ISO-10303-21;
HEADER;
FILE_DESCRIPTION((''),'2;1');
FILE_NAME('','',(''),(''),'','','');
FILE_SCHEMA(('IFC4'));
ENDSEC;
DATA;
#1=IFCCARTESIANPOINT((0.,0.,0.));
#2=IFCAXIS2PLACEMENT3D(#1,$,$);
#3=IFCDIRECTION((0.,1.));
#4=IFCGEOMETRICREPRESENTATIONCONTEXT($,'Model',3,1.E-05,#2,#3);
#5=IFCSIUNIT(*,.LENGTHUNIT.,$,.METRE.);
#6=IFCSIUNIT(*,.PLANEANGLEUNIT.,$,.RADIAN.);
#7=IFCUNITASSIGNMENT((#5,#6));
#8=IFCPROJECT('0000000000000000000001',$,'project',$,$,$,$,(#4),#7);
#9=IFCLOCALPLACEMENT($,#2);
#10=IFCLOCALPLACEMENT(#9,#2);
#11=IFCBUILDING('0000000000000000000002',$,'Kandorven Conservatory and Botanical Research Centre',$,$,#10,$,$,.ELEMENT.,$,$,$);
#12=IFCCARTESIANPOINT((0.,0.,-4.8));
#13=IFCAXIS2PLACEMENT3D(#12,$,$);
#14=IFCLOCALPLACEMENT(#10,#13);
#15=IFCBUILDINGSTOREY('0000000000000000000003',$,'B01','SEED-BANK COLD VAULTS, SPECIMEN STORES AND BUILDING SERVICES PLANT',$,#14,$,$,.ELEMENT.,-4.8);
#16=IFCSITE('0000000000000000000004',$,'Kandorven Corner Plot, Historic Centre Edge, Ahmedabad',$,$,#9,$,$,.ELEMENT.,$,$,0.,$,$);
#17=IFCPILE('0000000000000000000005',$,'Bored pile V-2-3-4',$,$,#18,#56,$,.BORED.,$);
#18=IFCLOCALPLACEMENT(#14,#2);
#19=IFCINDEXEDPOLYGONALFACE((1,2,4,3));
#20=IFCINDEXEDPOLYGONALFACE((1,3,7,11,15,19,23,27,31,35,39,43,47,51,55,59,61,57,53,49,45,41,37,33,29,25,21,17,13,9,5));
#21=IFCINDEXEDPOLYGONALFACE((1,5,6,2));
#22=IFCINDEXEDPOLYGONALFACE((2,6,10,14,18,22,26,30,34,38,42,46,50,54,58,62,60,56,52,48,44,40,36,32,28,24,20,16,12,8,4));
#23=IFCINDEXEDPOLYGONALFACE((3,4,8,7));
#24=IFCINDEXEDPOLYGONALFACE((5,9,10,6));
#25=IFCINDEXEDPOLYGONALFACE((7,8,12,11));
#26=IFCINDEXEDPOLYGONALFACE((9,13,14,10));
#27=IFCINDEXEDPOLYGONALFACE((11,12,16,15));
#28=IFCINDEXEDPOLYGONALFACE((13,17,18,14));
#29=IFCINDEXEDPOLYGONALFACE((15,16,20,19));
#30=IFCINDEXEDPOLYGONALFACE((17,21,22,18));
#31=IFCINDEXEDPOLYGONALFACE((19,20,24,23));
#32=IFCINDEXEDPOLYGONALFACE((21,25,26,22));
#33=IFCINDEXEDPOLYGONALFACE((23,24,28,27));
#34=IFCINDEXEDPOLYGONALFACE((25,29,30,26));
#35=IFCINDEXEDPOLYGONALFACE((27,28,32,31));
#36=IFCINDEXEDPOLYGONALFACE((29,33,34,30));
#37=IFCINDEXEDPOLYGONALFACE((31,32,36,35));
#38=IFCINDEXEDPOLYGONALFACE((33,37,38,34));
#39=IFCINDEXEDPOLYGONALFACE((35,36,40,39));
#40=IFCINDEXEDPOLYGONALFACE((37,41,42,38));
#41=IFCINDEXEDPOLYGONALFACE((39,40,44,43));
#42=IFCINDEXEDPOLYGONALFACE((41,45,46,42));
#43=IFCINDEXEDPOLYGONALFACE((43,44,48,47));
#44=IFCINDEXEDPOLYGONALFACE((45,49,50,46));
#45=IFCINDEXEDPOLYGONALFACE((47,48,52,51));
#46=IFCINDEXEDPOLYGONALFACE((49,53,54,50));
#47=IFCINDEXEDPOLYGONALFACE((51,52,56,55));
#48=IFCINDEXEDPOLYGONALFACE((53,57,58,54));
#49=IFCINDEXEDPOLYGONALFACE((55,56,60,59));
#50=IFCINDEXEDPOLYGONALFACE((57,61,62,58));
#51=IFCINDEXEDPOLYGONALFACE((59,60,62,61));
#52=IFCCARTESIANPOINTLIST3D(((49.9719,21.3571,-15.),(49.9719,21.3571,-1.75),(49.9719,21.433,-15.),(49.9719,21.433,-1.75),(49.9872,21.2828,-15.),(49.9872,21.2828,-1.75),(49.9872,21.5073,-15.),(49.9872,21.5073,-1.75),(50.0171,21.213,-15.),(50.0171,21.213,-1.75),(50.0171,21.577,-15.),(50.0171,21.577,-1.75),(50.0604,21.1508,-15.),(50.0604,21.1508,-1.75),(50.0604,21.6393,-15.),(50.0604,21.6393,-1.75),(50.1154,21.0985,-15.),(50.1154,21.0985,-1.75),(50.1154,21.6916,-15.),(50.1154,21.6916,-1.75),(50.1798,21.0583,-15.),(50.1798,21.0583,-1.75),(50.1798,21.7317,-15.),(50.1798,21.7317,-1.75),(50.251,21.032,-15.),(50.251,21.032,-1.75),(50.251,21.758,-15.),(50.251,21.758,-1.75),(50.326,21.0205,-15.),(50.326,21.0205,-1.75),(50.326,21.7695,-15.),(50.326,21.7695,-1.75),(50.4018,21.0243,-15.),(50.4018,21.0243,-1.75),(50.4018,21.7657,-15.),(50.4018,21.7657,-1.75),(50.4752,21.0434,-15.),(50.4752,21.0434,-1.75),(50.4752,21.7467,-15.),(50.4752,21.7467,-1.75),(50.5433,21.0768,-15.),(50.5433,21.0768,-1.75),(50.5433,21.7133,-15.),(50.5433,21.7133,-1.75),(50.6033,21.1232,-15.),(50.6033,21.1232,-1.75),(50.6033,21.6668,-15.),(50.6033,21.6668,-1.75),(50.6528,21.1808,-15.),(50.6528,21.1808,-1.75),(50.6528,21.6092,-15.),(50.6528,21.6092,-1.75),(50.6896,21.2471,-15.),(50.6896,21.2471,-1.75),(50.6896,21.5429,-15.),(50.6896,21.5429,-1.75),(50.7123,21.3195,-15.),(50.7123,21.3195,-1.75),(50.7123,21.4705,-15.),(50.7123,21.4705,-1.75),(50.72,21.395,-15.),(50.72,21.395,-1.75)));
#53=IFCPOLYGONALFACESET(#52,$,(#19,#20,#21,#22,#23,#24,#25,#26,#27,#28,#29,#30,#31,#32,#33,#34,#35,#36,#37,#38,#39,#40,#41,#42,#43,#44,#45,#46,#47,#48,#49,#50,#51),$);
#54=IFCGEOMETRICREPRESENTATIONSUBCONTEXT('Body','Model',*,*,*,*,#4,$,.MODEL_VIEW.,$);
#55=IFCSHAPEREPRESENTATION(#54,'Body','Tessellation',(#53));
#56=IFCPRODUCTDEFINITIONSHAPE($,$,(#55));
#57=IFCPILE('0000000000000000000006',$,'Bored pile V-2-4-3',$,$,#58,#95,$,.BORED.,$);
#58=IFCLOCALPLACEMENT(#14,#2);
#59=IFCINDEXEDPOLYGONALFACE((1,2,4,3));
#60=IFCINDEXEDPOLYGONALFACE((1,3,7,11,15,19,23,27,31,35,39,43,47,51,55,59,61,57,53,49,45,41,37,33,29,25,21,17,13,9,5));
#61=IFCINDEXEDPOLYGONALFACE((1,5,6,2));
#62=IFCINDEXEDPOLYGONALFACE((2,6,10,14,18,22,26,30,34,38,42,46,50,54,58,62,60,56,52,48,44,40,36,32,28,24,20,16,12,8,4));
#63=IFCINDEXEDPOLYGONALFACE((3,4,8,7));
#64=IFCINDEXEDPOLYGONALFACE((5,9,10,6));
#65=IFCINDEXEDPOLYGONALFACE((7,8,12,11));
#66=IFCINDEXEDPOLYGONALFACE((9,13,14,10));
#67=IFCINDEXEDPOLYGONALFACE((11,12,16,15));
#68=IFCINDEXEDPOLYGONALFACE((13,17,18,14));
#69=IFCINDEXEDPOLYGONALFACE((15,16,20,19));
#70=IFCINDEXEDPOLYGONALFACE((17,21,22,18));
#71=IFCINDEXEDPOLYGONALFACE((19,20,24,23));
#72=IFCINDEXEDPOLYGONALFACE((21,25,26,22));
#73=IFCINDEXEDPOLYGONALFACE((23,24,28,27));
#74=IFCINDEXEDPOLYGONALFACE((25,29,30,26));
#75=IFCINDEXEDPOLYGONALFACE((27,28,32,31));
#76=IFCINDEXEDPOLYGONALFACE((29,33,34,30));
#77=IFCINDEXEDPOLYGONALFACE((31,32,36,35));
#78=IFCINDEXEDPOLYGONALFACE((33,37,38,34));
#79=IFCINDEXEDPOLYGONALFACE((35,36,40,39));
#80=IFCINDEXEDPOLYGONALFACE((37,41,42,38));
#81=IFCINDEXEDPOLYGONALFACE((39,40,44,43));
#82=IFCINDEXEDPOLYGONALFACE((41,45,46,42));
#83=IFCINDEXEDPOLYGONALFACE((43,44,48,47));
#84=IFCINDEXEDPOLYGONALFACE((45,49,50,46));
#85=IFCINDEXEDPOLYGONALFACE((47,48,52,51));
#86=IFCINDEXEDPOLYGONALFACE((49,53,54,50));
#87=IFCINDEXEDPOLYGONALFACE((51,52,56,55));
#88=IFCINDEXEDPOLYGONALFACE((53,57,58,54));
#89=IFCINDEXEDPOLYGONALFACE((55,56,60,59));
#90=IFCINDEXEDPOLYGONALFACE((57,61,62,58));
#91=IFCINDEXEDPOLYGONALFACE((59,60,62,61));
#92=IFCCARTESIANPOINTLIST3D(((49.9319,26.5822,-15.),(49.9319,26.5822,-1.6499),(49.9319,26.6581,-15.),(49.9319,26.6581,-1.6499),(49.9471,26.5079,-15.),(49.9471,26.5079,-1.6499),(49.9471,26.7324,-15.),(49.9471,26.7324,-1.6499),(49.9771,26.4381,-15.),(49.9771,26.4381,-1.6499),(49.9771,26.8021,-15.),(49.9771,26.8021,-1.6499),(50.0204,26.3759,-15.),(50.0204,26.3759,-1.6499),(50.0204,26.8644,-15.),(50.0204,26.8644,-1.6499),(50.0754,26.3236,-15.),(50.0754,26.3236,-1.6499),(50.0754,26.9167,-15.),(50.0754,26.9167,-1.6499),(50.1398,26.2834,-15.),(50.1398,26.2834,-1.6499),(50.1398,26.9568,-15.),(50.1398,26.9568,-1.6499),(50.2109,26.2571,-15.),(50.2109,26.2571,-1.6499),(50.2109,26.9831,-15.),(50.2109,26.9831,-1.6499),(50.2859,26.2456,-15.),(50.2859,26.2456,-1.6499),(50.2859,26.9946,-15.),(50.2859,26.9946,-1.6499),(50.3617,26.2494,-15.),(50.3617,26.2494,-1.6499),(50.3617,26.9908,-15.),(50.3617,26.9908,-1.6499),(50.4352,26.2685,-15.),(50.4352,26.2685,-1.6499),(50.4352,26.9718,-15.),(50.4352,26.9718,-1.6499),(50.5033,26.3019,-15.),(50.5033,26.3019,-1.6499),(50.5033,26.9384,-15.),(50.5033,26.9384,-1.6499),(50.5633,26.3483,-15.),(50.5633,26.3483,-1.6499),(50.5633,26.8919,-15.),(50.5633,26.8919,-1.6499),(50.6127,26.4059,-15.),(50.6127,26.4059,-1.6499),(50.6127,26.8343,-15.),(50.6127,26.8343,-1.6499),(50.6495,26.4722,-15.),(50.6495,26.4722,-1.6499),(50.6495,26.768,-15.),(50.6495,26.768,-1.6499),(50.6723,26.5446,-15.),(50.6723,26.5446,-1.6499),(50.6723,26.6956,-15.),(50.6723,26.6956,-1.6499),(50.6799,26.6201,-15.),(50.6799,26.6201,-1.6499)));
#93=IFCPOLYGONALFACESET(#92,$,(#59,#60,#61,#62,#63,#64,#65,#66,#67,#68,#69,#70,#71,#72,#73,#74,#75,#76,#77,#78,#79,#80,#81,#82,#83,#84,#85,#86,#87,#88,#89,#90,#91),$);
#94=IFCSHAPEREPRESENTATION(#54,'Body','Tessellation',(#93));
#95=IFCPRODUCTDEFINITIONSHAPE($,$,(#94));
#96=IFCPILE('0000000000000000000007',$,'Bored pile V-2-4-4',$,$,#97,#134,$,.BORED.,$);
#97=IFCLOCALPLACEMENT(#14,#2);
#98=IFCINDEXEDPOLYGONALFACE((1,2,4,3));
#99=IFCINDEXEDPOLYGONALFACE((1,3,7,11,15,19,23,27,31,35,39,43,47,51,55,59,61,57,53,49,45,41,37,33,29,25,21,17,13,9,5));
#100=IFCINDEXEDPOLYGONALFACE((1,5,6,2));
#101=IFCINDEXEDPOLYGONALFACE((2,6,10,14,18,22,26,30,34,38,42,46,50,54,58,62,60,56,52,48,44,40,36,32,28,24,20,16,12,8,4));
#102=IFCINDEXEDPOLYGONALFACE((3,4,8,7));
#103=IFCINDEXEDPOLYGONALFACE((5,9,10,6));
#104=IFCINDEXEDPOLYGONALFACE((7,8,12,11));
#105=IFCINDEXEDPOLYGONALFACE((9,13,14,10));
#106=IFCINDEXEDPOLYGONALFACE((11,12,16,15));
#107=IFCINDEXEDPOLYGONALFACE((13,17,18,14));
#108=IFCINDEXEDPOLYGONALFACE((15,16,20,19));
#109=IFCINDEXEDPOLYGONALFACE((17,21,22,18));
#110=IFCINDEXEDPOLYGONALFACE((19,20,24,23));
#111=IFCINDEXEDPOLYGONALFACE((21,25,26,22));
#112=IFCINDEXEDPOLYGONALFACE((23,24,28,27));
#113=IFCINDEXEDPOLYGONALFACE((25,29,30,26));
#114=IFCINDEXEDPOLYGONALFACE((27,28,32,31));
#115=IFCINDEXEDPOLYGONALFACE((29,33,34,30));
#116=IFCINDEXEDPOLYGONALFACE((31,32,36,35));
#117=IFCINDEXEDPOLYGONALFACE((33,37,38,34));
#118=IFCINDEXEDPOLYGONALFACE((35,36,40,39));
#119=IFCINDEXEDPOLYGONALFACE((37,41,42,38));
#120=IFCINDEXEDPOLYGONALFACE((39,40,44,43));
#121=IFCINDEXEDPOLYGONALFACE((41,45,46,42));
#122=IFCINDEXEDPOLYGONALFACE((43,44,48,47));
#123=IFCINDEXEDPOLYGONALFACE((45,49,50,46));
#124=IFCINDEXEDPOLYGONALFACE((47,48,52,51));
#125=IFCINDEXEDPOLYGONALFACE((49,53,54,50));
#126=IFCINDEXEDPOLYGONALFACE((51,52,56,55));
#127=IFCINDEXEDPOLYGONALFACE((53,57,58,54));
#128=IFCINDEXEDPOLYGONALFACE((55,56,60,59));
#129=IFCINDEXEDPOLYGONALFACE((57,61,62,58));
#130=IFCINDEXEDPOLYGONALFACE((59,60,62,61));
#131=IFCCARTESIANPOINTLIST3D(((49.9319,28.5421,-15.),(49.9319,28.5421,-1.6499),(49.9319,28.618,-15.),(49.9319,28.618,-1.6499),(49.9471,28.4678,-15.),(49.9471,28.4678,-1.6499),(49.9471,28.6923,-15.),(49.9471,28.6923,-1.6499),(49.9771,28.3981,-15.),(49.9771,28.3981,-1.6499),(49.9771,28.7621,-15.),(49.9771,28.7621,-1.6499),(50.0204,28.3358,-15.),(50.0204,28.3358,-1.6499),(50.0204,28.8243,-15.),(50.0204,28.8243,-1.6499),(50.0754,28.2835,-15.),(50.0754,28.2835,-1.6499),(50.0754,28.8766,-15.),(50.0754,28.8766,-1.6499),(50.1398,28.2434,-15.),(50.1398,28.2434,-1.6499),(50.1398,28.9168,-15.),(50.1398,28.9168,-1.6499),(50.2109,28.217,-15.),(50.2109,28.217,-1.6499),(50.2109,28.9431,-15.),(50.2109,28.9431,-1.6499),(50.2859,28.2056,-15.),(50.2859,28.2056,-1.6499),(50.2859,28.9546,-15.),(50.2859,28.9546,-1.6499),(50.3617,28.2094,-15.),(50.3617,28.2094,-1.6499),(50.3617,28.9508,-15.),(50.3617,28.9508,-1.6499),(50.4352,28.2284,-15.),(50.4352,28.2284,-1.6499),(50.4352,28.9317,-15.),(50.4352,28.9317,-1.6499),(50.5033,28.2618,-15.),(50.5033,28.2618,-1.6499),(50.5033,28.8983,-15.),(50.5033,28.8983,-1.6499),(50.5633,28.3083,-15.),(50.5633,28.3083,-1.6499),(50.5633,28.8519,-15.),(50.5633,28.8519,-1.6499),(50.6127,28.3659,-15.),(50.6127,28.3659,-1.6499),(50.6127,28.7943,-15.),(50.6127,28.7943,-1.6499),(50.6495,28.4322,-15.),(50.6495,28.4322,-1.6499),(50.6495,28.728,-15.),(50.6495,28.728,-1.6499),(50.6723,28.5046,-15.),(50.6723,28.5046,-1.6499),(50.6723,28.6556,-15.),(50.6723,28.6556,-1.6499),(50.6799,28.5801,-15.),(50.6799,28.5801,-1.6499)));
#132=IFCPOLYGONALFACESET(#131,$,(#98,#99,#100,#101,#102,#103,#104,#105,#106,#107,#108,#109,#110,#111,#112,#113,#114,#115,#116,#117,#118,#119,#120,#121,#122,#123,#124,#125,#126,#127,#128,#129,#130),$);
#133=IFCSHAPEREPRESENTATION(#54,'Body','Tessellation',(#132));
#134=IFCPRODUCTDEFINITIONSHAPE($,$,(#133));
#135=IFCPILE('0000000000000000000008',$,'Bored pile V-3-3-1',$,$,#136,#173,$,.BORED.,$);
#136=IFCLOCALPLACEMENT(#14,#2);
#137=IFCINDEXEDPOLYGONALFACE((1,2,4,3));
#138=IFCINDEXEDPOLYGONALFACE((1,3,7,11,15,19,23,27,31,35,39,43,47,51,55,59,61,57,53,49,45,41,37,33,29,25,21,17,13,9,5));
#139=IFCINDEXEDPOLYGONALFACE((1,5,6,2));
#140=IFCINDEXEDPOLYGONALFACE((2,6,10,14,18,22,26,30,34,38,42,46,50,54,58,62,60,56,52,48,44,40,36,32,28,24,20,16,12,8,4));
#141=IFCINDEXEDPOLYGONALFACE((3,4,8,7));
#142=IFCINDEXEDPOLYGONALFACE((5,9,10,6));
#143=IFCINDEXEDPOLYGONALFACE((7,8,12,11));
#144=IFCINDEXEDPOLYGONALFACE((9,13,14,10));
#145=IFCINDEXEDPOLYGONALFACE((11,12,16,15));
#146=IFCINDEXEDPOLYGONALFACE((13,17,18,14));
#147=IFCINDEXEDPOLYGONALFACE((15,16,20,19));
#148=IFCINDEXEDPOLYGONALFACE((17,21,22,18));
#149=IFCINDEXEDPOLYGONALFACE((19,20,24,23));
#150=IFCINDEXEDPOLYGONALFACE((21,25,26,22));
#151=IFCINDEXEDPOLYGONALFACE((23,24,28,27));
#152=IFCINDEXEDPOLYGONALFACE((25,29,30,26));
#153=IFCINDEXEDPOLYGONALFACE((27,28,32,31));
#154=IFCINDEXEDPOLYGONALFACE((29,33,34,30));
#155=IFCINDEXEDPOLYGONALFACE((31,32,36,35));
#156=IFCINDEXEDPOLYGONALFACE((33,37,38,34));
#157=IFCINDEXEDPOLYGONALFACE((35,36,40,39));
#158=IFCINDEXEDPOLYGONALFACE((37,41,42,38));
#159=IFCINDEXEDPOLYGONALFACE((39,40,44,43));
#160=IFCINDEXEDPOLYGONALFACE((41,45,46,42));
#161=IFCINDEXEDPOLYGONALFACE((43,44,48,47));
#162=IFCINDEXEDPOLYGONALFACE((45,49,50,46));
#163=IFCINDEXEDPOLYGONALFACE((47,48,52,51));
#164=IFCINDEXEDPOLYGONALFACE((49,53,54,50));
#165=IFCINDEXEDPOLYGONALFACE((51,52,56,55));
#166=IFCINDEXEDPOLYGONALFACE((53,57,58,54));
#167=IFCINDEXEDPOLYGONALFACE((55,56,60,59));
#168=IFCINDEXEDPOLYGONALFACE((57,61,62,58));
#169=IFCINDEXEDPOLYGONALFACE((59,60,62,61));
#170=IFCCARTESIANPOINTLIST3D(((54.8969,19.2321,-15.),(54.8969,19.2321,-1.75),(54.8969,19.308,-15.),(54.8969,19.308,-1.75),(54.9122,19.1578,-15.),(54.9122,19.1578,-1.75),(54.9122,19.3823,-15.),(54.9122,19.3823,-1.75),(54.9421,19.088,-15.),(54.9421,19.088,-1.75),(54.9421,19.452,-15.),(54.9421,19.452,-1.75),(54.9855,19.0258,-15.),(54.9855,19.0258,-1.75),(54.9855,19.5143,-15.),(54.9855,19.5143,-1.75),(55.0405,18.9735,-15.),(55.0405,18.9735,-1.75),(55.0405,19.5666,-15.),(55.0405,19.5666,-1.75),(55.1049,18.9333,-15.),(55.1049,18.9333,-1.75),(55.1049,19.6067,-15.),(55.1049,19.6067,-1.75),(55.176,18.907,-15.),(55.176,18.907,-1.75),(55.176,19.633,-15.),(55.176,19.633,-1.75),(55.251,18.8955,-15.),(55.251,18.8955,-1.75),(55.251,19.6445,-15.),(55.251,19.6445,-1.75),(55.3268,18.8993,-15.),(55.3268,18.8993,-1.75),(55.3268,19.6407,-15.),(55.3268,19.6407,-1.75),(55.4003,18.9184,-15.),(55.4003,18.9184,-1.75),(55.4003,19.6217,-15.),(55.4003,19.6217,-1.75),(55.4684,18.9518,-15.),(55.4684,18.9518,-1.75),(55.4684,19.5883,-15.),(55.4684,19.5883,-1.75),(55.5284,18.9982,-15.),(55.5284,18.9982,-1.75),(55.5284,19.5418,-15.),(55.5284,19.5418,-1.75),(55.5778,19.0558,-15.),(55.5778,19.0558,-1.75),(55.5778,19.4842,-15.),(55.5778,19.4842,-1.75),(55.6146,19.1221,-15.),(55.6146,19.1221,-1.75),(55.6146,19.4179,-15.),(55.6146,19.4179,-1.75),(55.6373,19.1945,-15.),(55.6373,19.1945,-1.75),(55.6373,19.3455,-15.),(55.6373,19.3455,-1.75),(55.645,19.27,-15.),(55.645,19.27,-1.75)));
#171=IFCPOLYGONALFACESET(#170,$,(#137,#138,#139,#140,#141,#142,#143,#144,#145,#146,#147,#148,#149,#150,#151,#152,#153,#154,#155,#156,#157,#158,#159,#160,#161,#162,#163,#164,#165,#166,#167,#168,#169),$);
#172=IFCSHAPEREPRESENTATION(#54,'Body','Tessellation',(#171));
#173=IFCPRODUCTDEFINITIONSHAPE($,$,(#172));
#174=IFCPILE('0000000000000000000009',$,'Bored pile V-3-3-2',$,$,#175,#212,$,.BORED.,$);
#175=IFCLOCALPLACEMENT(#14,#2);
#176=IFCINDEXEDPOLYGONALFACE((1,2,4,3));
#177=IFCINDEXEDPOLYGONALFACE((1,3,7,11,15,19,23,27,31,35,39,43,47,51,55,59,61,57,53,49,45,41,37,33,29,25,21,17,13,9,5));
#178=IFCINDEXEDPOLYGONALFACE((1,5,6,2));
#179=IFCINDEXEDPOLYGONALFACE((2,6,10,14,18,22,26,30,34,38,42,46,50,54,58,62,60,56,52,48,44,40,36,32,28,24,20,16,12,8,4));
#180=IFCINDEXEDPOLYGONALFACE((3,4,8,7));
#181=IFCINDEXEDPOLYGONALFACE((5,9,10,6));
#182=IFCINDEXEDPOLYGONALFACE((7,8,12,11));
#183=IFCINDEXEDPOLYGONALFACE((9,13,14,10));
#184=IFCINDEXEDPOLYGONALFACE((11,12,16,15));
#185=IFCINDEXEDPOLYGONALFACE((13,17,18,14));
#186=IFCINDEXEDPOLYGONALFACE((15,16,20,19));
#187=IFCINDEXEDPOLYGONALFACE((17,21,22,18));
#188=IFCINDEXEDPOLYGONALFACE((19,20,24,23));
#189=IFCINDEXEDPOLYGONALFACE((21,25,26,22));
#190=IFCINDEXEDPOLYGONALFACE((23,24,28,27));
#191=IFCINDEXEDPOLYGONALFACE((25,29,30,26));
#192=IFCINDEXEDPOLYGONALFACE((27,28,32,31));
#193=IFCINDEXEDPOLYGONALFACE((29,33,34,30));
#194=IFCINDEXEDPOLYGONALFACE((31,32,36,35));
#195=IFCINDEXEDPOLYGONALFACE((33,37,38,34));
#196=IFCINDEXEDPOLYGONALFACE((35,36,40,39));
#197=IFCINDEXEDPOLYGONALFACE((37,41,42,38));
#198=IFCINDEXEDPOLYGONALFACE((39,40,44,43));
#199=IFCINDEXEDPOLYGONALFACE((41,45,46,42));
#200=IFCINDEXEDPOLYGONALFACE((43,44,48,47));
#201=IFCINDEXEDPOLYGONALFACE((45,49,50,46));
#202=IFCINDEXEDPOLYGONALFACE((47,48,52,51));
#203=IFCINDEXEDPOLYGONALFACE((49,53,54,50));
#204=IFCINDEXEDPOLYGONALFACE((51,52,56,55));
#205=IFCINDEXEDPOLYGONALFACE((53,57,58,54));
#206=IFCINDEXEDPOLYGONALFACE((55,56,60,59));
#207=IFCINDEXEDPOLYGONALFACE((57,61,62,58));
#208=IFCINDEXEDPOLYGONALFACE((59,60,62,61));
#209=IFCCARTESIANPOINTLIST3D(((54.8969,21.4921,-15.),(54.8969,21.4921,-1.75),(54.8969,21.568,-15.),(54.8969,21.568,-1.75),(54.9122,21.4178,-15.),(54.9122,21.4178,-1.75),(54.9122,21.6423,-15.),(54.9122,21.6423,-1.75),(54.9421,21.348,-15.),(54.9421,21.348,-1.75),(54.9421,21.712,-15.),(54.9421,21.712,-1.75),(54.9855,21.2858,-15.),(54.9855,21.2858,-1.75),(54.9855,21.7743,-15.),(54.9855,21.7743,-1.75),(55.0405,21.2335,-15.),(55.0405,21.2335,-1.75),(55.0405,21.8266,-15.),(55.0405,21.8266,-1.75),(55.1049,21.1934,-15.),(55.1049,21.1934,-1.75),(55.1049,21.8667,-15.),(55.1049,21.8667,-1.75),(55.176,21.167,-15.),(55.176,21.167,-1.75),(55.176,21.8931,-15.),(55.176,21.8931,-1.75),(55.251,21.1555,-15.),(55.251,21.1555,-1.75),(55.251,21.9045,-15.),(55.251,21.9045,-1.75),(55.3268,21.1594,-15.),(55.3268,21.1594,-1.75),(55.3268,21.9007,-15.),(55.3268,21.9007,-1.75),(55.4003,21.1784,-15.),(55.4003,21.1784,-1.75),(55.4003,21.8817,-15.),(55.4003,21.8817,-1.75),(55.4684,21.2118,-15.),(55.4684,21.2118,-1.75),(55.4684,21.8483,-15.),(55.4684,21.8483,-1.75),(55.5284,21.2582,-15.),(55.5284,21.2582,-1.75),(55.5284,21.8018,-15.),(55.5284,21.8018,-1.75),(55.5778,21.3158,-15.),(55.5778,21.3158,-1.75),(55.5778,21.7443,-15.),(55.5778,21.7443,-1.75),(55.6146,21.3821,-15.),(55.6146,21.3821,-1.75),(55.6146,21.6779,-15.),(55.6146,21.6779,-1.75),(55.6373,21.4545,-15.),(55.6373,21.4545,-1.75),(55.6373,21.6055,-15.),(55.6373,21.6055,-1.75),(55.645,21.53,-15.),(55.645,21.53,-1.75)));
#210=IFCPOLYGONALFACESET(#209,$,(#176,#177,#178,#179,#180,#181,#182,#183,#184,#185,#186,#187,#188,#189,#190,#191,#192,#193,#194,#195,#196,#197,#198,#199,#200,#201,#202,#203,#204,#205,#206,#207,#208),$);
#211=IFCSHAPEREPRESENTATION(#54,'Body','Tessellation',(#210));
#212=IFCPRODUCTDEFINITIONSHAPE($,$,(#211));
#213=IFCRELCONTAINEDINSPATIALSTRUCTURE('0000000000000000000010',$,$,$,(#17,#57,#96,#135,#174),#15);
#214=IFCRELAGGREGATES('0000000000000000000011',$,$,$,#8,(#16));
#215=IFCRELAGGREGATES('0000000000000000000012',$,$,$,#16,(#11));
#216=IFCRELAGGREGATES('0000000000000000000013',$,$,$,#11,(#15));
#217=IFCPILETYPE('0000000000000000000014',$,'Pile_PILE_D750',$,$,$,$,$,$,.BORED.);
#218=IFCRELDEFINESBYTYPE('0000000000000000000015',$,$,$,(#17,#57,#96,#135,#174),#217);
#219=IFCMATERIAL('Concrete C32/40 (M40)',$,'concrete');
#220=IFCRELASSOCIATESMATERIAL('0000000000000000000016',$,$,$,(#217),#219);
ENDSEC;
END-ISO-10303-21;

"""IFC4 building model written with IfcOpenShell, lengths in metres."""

from ifc_helpers import new_model, si_unit, direction, frame, origin, origin_2d, place, context, subcontext, project, spatial, circle, extrude, material, material_profile, profile_set, type_object, element, save


model = new_model("IFC4")

# Units and contexts
model_context = context("Model", 3, precision=1e-05, world=origin(), true_north=direction((0.0, 1.0)))
body_context = subcontext(model_context, "Body", "Model", "MODEL_VIEW")
ifc_project = project(units=[si_unit("LENGTHUNIT", "METRE"), si_unit("PLANEANGLEUNIT", "RADIAN")], contexts=[model_context])

# Site, building, storey
site_placement = place(None, origin())
site = spatial("IfcSite", under=ifc_project, at=site_placement, Name="Kandorven Corner Plot, Historic Centre Edge, Ahmedabad", CompositionType="ELEMENT", RefElevation=0.0)
building_placement = place(site_placement, origin())
building = spatial("IfcBuilding", under=site, at=building_placement, Name="Kandorven Conservatory and Botanical Research Centre", CompositionType="ELEMENT")
storey_placement = place(building_placement, frame((0.0, 0.0, -4.8)))
storey = spatial("IfcBuildingStorey", under=building, at=storey_placement, Name="B01", Description="SEED-BANK COLD VAULTS, SPECIMEN STORES AND BUILDING SERVICES PLANT", CompositionType="ELEMENT", Elevation=-4.8)

# Piles
ifc_material_1 = material(Name="Concrete C32/40 (M40)", Category="concrete")
ifc_material_profile_1 = material_profile(ifc_material_1, circle(Radius=0.375, at=origin_2d()))
ifc_profile_set_1 = profile_set([ifc_material_profile_1], Name="Concrete C32/40 (M40)")
pile_type = type_object("IfcPileType", Name="Pile_PILE_D750", PredefinedType="BORED", material=ifc_profile_set_1)
for number, where, z_axis, x_axis, name in (
    (1, (50.345, 21.395, -1.75), (0.0, 0.0, -1.0), (1.0, 0.0, 0.0), "Bored pile V-2-3-4"),
):
    element("IfcPile", number, at=place(storey_placement, frame(where, z_axis=z_axis, x_axis=x_axis)), inside=storey, type_object=pile_type, Name=name, PredefinedType="BORED", context=body_context, shape_type="SweptSolid", body=[
        extrude(circle(Radius=0.375, at=origin_2d()), origin(), (0.0, 0.0, 1.0), 13.25),
    ])
for number, where, z_axis, x_axis, name in (
    (2, (50.3049, 26.6201, -1.6499), (0.0, 0.0, -1.0), (1.0, 0.0, 0.0), "Bored pile V-2-4-3"),
    (3, (50.3049, 28.5801, -1.6499), (0.0, 0.0, -1.0), (1.0, 0.0, 0.0), "Bored pile V-2-4-4"),
):
    element("IfcPile", number, at=place(storey_placement, frame(where, z_axis=z_axis, x_axis=x_axis)), inside=storey, type_object=pile_type, Name=name, PredefinedType="BORED", context=body_context, shape_type="SweptSolid", body=[
        extrude(circle(Radius=0.375, at=origin_2d()), origin(), (0.0, 0.0, 1.0), 13.3501),
    ])
for number, where, z_axis, x_axis, name in (
    (4, (55.27, 19.27, -1.75), (0.0, 0.0, -1.0), (1.0, 0.0, 0.0), "Bored pile V-3-3-1"),
    (5, (55.27, 21.53, -1.75), (0.0, 0.0, -1.0), (1.0, 0.0, 0.0), "Bored pile V-3-3-2"),
):
    element("IfcPile", number, at=place(storey_placement, frame(where, z_axis=z_axis, x_axis=x_axis)), inside=storey, type_object=pile_type, Name=name, PredefinedType="BORED", context=body_context, shape_type="SweptSolid", body=[
        extrude(circle(Radius=0.375, at=origin_2d()), origin(), (0.0, 0.0, 1.0), 13.25),
    ])

save(model, "model.ifc")
